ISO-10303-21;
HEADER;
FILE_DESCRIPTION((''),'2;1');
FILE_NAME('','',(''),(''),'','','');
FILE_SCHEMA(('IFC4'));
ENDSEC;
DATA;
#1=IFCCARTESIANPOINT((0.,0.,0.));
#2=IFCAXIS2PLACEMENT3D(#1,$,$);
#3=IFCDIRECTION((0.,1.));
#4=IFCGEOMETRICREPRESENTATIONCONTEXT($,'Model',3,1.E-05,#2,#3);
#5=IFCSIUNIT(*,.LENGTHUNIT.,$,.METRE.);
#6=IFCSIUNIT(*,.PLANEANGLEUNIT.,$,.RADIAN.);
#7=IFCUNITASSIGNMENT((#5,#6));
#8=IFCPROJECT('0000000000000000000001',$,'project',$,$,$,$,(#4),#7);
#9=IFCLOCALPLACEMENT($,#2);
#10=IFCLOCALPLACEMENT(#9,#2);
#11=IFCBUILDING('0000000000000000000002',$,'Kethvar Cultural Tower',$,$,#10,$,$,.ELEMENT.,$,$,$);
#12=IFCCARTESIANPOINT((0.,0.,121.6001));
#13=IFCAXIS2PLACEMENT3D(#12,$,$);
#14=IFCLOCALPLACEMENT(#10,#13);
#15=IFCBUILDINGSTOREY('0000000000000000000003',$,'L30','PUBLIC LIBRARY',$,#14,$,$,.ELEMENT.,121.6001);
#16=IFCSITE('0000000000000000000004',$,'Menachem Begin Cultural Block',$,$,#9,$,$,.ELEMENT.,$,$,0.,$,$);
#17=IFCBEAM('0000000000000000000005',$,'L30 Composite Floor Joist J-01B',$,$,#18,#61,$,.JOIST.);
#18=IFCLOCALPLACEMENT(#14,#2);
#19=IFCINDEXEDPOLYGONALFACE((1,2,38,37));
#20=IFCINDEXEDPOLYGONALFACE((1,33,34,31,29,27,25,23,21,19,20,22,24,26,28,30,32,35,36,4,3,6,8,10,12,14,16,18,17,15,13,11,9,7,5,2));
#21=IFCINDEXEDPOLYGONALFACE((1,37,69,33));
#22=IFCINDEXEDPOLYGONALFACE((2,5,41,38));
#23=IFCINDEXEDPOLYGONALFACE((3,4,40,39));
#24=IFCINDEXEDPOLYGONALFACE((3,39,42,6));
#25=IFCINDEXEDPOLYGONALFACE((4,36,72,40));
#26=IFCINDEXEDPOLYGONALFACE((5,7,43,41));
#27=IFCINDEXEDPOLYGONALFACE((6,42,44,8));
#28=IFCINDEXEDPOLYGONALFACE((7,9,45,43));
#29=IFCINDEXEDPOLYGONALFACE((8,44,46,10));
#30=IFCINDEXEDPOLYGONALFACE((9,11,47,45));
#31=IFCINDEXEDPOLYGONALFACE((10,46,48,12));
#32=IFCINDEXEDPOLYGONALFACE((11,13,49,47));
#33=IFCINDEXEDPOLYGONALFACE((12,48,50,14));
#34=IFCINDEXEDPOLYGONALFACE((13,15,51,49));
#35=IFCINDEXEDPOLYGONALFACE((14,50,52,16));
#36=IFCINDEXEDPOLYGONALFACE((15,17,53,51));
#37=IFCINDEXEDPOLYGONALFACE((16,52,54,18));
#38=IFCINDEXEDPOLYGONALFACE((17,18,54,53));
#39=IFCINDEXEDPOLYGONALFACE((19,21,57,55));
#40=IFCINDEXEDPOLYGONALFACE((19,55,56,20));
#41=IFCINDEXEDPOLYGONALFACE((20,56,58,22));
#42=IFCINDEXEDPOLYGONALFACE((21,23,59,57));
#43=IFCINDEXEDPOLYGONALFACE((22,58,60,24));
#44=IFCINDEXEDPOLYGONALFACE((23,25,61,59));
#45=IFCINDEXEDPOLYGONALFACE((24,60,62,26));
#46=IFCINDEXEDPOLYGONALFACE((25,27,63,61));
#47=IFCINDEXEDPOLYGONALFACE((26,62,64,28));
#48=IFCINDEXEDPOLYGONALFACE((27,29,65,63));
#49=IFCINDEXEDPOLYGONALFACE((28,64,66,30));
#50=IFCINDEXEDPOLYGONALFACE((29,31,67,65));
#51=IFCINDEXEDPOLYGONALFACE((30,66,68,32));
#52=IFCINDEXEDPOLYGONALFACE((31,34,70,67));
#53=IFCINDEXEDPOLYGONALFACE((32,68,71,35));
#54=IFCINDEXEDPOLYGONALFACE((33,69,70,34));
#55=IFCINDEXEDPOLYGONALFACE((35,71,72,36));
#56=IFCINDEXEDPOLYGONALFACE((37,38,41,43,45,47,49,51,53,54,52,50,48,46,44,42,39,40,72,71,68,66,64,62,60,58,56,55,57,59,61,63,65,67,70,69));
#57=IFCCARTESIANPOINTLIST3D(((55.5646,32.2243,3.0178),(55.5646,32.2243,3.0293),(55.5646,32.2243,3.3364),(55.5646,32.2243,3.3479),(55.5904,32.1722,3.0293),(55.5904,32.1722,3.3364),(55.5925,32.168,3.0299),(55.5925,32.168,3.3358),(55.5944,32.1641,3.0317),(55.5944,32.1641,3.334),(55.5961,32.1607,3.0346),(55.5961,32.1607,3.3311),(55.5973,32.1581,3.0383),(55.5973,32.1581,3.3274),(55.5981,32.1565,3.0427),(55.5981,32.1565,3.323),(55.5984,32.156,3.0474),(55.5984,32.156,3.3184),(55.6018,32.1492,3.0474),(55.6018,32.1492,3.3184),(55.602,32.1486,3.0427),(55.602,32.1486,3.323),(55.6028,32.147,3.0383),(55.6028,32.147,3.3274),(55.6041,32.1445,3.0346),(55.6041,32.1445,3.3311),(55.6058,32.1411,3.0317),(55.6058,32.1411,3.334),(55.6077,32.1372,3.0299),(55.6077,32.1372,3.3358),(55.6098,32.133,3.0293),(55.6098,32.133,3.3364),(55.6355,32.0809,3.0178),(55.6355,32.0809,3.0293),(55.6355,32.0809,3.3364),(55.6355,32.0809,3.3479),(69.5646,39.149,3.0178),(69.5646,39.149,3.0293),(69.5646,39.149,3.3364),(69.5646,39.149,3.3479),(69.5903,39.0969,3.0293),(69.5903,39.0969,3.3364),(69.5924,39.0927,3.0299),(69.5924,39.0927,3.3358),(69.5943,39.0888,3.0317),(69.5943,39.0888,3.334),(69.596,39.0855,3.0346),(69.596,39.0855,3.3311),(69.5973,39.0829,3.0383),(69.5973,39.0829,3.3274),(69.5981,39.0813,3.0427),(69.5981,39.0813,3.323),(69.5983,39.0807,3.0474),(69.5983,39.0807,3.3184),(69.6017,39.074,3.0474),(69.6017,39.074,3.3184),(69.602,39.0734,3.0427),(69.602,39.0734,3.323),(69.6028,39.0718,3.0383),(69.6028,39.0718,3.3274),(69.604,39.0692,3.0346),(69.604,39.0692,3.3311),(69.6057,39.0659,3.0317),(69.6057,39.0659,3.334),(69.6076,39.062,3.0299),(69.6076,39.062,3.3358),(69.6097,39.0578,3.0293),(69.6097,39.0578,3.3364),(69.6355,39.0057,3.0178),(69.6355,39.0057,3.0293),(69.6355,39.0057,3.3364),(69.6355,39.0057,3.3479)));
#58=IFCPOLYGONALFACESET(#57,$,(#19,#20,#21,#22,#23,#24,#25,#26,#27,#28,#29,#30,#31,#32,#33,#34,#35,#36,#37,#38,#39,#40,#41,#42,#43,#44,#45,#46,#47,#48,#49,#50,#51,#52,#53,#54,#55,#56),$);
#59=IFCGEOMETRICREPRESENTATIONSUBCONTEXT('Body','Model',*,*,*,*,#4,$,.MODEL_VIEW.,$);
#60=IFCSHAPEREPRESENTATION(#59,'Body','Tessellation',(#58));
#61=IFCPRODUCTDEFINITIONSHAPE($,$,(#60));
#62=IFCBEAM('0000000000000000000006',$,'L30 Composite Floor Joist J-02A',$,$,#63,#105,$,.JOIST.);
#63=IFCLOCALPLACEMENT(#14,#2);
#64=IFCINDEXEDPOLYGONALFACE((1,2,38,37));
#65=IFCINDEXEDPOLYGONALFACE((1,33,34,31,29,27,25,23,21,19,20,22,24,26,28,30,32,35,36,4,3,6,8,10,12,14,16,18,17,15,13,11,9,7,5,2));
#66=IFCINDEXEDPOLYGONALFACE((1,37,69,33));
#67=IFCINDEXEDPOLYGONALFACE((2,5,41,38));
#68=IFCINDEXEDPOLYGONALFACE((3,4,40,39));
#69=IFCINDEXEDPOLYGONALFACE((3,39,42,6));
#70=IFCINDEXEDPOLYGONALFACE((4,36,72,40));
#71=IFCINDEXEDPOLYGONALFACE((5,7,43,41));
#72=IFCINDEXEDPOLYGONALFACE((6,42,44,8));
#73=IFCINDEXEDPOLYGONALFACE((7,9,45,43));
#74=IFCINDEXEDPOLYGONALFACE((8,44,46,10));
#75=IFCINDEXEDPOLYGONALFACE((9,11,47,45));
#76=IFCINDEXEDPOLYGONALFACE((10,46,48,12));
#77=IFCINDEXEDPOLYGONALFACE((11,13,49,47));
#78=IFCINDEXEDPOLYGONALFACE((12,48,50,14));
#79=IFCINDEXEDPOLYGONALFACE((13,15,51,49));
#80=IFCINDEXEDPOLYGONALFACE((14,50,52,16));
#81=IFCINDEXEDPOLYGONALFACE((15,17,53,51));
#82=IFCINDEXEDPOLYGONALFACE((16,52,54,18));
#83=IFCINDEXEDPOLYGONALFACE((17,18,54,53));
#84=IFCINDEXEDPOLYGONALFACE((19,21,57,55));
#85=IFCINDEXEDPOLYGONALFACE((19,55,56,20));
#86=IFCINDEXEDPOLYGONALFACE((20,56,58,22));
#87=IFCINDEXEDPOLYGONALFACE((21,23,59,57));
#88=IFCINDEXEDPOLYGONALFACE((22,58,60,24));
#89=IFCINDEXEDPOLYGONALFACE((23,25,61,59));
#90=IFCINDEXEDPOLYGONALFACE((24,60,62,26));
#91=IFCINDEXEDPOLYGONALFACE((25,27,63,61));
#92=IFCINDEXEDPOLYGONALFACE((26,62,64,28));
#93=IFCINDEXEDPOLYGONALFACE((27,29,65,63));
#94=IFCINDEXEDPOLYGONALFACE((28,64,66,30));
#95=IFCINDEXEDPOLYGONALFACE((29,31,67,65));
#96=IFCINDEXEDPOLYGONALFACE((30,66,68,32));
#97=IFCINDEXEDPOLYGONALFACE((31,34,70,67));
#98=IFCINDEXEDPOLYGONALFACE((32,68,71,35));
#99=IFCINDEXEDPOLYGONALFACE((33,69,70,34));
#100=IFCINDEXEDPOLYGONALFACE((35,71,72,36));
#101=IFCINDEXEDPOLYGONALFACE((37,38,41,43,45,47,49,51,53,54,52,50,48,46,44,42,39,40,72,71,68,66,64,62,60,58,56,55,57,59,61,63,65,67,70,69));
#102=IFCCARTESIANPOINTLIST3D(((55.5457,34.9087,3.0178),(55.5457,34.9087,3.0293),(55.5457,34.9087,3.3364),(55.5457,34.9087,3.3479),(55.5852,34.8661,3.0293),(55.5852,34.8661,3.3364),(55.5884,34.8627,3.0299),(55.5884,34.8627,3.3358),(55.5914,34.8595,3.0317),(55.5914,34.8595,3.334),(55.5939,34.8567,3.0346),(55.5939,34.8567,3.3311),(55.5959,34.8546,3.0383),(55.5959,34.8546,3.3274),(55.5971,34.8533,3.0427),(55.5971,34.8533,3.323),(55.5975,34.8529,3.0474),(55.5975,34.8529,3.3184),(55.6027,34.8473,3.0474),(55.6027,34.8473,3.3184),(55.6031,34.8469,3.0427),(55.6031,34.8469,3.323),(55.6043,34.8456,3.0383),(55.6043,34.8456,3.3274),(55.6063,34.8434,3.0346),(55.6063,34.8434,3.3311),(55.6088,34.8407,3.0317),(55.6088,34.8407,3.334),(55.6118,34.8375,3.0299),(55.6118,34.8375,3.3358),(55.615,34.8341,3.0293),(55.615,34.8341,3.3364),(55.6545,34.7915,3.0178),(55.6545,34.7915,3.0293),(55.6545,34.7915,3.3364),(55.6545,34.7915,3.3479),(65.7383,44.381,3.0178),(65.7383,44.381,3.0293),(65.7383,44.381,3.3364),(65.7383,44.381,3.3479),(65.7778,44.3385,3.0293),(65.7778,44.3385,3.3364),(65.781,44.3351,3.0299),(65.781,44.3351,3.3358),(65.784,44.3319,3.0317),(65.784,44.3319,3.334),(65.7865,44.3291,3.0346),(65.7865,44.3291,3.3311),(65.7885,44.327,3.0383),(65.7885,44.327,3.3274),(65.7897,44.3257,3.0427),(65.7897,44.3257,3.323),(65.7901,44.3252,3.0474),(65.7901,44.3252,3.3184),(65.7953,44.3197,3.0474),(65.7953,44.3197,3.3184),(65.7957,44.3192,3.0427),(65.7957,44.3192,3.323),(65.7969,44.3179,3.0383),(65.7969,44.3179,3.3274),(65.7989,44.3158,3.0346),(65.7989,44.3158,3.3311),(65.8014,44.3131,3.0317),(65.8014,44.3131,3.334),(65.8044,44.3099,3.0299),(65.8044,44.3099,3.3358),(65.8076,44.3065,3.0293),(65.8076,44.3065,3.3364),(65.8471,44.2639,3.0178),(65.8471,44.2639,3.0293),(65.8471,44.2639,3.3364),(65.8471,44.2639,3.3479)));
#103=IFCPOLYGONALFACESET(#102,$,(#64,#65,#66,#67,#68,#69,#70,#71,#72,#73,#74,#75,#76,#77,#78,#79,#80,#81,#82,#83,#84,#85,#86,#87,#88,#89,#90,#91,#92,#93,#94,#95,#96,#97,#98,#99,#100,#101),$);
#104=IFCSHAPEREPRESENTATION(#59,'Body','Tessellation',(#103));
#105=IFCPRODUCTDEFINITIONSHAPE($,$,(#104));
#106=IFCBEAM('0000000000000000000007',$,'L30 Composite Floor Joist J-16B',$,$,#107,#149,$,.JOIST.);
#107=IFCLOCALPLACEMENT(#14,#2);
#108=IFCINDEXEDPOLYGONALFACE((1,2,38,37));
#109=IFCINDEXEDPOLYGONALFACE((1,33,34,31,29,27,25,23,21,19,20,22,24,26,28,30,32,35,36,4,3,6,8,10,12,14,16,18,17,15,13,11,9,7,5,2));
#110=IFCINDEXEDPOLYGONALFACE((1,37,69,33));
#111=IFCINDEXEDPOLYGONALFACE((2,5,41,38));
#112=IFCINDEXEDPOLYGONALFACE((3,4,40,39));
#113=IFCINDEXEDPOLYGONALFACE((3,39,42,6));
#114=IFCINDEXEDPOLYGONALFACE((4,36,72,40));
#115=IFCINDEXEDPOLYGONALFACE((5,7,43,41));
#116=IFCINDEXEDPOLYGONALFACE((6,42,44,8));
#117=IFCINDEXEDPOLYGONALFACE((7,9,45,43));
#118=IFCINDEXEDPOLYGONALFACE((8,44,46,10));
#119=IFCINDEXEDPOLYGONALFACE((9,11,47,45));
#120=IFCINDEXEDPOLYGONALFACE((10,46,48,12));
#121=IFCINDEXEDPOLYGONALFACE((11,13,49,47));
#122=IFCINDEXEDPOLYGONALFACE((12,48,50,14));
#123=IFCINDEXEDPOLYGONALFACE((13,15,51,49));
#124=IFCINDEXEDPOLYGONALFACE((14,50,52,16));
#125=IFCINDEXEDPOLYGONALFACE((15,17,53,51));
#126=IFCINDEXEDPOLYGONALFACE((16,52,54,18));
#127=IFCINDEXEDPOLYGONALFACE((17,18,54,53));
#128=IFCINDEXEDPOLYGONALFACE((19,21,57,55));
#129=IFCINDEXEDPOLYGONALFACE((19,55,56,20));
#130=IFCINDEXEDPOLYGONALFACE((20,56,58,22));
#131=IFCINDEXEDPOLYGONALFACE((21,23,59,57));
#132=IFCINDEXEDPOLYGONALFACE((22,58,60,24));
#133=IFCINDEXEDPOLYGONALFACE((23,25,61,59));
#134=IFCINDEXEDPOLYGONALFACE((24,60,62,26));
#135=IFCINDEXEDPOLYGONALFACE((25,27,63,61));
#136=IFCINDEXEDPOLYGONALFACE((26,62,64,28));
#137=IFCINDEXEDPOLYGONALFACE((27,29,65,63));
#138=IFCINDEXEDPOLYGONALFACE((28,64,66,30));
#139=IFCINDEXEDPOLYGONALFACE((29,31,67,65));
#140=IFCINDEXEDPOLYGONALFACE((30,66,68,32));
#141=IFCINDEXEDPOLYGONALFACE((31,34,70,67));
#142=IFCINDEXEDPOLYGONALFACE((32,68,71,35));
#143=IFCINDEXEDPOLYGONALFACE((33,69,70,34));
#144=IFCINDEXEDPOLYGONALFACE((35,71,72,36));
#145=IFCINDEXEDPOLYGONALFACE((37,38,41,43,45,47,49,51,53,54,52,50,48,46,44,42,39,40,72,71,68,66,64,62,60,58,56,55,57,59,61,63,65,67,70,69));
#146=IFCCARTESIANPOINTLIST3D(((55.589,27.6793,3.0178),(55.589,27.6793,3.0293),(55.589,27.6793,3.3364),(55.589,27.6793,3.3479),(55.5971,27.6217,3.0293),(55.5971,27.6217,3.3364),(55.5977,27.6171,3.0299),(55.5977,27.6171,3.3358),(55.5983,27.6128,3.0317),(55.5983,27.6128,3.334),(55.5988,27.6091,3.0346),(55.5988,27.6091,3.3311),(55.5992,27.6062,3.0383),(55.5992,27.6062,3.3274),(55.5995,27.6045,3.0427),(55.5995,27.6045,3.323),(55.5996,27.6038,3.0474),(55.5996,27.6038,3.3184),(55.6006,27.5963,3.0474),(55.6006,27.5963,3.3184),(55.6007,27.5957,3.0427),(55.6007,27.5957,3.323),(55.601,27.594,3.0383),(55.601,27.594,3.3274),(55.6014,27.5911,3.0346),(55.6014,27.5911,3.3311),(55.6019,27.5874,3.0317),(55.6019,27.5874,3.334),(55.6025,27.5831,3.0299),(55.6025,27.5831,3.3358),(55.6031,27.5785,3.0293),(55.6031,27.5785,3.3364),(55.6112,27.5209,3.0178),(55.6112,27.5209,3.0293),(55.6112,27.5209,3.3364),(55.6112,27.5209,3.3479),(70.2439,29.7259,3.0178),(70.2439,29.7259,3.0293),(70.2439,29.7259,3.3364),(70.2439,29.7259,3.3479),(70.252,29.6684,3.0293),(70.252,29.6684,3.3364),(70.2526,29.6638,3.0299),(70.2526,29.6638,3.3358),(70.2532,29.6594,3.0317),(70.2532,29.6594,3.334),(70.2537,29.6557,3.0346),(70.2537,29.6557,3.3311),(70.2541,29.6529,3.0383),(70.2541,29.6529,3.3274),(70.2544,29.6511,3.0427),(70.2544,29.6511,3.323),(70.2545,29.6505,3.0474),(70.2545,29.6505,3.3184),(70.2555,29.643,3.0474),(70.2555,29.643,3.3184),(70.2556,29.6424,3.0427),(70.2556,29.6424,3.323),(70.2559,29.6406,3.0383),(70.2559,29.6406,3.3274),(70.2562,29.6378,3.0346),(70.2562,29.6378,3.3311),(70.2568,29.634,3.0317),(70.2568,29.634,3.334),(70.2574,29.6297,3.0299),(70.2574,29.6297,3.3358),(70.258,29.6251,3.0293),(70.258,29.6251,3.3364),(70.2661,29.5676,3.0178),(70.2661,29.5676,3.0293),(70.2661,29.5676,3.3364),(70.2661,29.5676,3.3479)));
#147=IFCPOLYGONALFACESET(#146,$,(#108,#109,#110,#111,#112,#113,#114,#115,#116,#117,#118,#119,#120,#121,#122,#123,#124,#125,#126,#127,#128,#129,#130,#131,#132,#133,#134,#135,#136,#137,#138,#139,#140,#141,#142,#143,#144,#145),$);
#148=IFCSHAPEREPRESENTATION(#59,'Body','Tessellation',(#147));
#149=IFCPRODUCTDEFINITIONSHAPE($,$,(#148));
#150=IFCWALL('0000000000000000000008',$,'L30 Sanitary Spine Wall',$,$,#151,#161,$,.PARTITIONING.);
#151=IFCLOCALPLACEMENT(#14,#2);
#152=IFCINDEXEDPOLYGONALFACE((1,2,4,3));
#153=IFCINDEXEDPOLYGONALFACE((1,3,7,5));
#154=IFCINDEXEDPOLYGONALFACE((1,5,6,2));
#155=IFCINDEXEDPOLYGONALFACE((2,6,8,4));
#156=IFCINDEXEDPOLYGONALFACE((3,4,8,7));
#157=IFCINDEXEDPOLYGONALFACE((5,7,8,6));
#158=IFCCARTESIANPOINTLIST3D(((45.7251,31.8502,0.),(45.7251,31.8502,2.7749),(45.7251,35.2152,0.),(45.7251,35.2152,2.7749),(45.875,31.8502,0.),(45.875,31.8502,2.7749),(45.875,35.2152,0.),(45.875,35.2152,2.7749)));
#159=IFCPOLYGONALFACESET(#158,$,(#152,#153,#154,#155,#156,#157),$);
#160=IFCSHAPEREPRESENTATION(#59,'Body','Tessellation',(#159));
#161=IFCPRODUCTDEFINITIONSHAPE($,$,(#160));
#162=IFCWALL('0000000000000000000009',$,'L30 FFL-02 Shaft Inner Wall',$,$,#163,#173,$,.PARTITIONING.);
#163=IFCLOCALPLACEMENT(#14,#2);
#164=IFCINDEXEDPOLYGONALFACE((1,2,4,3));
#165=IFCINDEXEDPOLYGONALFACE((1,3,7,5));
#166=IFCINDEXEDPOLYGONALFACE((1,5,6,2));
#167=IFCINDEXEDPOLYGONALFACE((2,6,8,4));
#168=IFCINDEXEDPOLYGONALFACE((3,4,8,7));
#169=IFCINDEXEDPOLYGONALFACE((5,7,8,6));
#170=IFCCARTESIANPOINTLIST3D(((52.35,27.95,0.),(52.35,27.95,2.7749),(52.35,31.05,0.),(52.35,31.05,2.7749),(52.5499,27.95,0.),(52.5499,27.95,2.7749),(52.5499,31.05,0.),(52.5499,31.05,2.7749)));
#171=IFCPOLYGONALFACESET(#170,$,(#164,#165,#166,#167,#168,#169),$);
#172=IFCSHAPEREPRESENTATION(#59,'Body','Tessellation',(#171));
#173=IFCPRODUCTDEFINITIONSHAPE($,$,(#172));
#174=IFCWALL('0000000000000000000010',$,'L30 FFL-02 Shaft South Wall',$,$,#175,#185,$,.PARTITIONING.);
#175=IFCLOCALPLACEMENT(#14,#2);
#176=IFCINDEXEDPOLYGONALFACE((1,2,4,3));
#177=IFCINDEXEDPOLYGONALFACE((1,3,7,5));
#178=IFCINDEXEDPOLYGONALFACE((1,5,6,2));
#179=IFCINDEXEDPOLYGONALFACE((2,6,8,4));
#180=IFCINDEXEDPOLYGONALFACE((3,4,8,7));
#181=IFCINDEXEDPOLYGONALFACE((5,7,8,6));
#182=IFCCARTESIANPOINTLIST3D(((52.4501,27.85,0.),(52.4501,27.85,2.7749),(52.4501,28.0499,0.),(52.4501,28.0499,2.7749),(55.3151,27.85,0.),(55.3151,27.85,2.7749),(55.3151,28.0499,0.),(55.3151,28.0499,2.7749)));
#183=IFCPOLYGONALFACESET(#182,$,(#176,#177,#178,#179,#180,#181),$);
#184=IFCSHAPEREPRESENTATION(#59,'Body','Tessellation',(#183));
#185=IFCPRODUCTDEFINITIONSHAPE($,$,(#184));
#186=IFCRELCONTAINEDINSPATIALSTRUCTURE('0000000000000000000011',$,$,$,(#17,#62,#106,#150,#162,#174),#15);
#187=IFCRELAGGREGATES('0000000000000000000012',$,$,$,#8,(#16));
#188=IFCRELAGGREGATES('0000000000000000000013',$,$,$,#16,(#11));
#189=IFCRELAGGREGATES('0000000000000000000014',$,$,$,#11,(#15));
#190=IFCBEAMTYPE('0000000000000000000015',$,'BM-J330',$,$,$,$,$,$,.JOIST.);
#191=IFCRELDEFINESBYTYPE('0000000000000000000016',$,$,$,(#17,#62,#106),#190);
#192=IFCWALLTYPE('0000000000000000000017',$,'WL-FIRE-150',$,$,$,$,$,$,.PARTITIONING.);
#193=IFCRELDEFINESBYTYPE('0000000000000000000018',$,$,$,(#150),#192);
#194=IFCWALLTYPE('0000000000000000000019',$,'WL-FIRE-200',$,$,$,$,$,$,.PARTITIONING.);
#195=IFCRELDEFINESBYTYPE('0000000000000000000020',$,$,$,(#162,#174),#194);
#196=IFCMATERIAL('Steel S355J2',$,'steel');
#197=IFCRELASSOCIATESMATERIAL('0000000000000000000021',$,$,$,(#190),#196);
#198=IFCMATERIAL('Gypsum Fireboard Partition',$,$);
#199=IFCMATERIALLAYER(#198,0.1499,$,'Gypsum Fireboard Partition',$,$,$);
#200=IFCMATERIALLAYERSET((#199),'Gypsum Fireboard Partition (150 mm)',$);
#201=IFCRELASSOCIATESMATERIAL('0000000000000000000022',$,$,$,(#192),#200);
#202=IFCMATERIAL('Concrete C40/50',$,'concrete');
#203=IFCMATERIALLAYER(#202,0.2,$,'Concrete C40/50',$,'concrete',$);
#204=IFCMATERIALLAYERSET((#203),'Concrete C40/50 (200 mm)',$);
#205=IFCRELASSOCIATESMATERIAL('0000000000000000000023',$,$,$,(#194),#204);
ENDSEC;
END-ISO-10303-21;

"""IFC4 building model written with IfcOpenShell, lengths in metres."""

from ifc_helpers import new_model, si_unit, direction, frame, frame_2d, origin, origin_2d, place, context, subcontext, project, spatial, rectangle, i_section, extrude, source, transform, mapped, material, layer, layer_set, material_profile, profile_set, type_object, element, save


model = new_model("IFC4")

# Units and contexts
model_context = context("Model", 3, precision=1e-05, world=origin(), true_north=direction((0.0, 1.0)))
body_context = subcontext(model_context, "Body", "Model", "MODEL_VIEW")
ifc_project = project(units=[si_unit("LENGTHUNIT", "METRE"), si_unit("PLANEANGLEUNIT", "RADIAN")], contexts=[model_context])

# Site, building, storey
site_placement = place(None, origin())
site = spatial("IfcSite", under=ifc_project, at=site_placement, Name="Menachem Begin Cultural Block", CompositionType="ELEMENT", RefElevation=0.0)
building_placement = place(site_placement, origin())
building = spatial("IfcBuilding", under=site, at=building_placement, Name="Kethvar Cultural Tower", CompositionType="ELEMENT")
storey_placement = place(building_placement, frame((0.0, 0.0, 121.6001)))
storey = spatial("IfcBuildingStorey", under=building, at=storey_placement, Name="L30", Description="PUBLIC LIBRARY", CompositionType="ELEMENT", Elevation=121.6001)

# Beams
ifc_material_1 = material(Name="Steel S355J2", Category="steel")
ifc_material_profile_1 = material_profile(ifc_material_1, i_section(OverallWidth=0.1599, OverallDepth=0.3301, WebThickness=0.0076, FlangeThickness=0.0115, FilletRadius=0.0181, at=origin_2d()), Name="Steel S355J2 — IPE330")
ifc_profile_set_1 = profile_set([ifc_material_profile_1], Name="Steel S355J2 — IPE330")
beam_type_1 = type_object("IfcBeamType", Name="BM-J330", PredefinedType="JOIST", material=ifc_profile_set_1)
shared_shape_1 = source(origin(), body_context, "Body", "SweptSolid", [
    extrude(i_section(OverallWidth=0.1599, OverallDepth=0.3301, WebThickness=0.0076, FlangeThickness=0.0115, FilletRadius=0.0181, at=origin_2d()), origin(), (0.0, 0.0, 1.0), 15.6189),
])
beam_1_placement = place(storey_placement, frame((55.6001, 32.1526, 3.1829), z_axis=(0.896345, 0.443358, 0.0), x_axis=(-0.443358, 0.896345, 0.0)))
element("IfcBeam", 1, at=beam_1_placement, inside=storey, type_object=beam_type_1, Name="L30 Composite Floor Joist J-01B", PredefinedType="JOIST", context=body_context, shape_type="MappedRepresentation", body=[
    mapped(shared_shape_1, transform((0.0, 0.0, 0.0), scale=1.0)),
])
shared_shape_2 = source(origin(), body_context, "Body", "SweptSolid", [
    extrude(i_section(OverallWidth=0.1599, OverallDepth=0.3301, WebThickness=0.0076, FlangeThickness=0.0115, FilletRadius=0.0181, at=origin_2d()), origin(), (0.0, 0.0, 1.0), 13.9146),
])
beam_2_placement = place(storey_placement, frame((55.6001, 34.8501, 3.1829), z_axis=(0.732513, 0.680753, 0.0), x_axis=(-0.680753, 0.732513, 0.0)))
element("IfcBeam", 2, at=beam_2_placement, inside=storey, type_object=beam_type_1, Name="L30 Composite Floor Joist J-02A", PredefinedType="JOIST", context=body_context, shape_type="MappedRepresentation", body=[
    mapped(shared_shape_2, transform((0.0, 0.0, 0.0), scale=1.0)),
])
shared_shape_3 = source(origin(), body_context, "Body", "SweptSolid", [
    extrude(i_section(OverallWidth=0.1599, OverallDepth=0.3301, WebThickness=0.0076, FlangeThickness=0.0115, FilletRadius=0.0181, at=origin_2d()), origin(), (0.0, 0.0, 1.0), 14.7971),
])
beam_3_placement = place(storey_placement, frame((55.6001, 27.6001, 3.1829), z_axis=(0.990388, 0.138314, 0.0), x_axis=(-0.138314, 0.990388, 0.0)))
element("IfcBeam", 3, at=beam_3_placement, inside=storey, type_object=beam_type_1, Name="L30 Composite Floor Joist J-16B", PredefinedType="JOIST", context=body_context, shape_type="MappedRepresentation", body=[
    mapped(shared_shape_3, transform((0.0, 0.0, 0.0), scale=1.0)),
])

# Walls
ifc_material_2 = material(Name="Gypsum Fireboard Partition")
ifc_layer_1 = layer(ifc_material_2, 0.1499, Name="Gypsum Fireboard Partition")
ifc_layer_set_1 = layer_set([ifc_layer_1], Name="Gypsum Fireboard Partition (150 mm)")
wall_type_1 = type_object("IfcWallType", Name="WL-FIRE-150", PredefinedType="PARTITIONING", material=ifc_layer_set_1)
wall_1_placement = place(storey_placement, frame((45.8, 31.8501, 0.0), z_axis=(0.0, 0.0, 1.0), x_axis=(0.0, 1.0, 0.0)))
element("IfcWall", 4, at=wall_1_placement, inside=storey, type_object=wall_type_1, Name="L30 Sanitary Spine Wall", PredefinedType="PARTITIONING", context=body_context, shape_type="SweptSolid", body=[
    extrude(rectangle(XDim=3.365, YDim=0.1499, at=frame_2d((1.6826, 0.0))), origin(), (0.0, 0.0, 1.0), 2.7749),
])
ifc_material_3 = material(Name="Concrete C40/50", Category="concrete")
ifc_layer_2 = layer(ifc_material_3, 0.2, Name="Concrete C40/50", Category="concrete")
ifc_layer_set_2 = layer_set([ifc_layer_2], Name="Concrete C40/50 (200 mm)")
wall_type_2 = type_object("IfcWallType", Name="WL-FIRE-200", PredefinedType="PARTITIONING", material=ifc_layer_set_2)
wall_2_placement = place(storey_placement, frame((52.45, 27.95, 0.0), z_axis=(0.0, 0.0, 1.0), x_axis=(0.0, 1.0, 0.0)))
element("IfcWall", 5, at=wall_2_placement, inside=storey, type_object=wall_type_2, Name="L30 FFL-02 Shaft Inner Wall", PredefinedType="PARTITIONING", context=body_context, shape_type="SweptSolid", body=[
    extrude(rectangle(XDim=3.1001, YDim=0.2, at=frame_2d((1.55, 0.0))), origin(), (0.0, 0.0, 1.0), 2.7749),
])
for number, where, z_axis, x_axis, name in (
    (6, (52.45, 27.95, 0.0), (0.0, 0.0, 1.0), (1.0, 0.0, 0.0), "L30 FFL-02 Shaft South Wall"),
):
    element("IfcWall", number, at=place(storey_placement, frame(where, z_axis=z_axis, x_axis=x_axis)), inside=storey, type_object=wall_type_2, Name=name, PredefinedType="PARTITIONING", context=body_context, shape_type="SweptSolid", body=[
        extrude(rectangle(XDim=2.865, YDim=0.2, at=frame_2d((1.4326, 0.0))), origin(), (0.0, 0.0, 1.0), 2.7749),
    ])

save(model, "model.ifc")
